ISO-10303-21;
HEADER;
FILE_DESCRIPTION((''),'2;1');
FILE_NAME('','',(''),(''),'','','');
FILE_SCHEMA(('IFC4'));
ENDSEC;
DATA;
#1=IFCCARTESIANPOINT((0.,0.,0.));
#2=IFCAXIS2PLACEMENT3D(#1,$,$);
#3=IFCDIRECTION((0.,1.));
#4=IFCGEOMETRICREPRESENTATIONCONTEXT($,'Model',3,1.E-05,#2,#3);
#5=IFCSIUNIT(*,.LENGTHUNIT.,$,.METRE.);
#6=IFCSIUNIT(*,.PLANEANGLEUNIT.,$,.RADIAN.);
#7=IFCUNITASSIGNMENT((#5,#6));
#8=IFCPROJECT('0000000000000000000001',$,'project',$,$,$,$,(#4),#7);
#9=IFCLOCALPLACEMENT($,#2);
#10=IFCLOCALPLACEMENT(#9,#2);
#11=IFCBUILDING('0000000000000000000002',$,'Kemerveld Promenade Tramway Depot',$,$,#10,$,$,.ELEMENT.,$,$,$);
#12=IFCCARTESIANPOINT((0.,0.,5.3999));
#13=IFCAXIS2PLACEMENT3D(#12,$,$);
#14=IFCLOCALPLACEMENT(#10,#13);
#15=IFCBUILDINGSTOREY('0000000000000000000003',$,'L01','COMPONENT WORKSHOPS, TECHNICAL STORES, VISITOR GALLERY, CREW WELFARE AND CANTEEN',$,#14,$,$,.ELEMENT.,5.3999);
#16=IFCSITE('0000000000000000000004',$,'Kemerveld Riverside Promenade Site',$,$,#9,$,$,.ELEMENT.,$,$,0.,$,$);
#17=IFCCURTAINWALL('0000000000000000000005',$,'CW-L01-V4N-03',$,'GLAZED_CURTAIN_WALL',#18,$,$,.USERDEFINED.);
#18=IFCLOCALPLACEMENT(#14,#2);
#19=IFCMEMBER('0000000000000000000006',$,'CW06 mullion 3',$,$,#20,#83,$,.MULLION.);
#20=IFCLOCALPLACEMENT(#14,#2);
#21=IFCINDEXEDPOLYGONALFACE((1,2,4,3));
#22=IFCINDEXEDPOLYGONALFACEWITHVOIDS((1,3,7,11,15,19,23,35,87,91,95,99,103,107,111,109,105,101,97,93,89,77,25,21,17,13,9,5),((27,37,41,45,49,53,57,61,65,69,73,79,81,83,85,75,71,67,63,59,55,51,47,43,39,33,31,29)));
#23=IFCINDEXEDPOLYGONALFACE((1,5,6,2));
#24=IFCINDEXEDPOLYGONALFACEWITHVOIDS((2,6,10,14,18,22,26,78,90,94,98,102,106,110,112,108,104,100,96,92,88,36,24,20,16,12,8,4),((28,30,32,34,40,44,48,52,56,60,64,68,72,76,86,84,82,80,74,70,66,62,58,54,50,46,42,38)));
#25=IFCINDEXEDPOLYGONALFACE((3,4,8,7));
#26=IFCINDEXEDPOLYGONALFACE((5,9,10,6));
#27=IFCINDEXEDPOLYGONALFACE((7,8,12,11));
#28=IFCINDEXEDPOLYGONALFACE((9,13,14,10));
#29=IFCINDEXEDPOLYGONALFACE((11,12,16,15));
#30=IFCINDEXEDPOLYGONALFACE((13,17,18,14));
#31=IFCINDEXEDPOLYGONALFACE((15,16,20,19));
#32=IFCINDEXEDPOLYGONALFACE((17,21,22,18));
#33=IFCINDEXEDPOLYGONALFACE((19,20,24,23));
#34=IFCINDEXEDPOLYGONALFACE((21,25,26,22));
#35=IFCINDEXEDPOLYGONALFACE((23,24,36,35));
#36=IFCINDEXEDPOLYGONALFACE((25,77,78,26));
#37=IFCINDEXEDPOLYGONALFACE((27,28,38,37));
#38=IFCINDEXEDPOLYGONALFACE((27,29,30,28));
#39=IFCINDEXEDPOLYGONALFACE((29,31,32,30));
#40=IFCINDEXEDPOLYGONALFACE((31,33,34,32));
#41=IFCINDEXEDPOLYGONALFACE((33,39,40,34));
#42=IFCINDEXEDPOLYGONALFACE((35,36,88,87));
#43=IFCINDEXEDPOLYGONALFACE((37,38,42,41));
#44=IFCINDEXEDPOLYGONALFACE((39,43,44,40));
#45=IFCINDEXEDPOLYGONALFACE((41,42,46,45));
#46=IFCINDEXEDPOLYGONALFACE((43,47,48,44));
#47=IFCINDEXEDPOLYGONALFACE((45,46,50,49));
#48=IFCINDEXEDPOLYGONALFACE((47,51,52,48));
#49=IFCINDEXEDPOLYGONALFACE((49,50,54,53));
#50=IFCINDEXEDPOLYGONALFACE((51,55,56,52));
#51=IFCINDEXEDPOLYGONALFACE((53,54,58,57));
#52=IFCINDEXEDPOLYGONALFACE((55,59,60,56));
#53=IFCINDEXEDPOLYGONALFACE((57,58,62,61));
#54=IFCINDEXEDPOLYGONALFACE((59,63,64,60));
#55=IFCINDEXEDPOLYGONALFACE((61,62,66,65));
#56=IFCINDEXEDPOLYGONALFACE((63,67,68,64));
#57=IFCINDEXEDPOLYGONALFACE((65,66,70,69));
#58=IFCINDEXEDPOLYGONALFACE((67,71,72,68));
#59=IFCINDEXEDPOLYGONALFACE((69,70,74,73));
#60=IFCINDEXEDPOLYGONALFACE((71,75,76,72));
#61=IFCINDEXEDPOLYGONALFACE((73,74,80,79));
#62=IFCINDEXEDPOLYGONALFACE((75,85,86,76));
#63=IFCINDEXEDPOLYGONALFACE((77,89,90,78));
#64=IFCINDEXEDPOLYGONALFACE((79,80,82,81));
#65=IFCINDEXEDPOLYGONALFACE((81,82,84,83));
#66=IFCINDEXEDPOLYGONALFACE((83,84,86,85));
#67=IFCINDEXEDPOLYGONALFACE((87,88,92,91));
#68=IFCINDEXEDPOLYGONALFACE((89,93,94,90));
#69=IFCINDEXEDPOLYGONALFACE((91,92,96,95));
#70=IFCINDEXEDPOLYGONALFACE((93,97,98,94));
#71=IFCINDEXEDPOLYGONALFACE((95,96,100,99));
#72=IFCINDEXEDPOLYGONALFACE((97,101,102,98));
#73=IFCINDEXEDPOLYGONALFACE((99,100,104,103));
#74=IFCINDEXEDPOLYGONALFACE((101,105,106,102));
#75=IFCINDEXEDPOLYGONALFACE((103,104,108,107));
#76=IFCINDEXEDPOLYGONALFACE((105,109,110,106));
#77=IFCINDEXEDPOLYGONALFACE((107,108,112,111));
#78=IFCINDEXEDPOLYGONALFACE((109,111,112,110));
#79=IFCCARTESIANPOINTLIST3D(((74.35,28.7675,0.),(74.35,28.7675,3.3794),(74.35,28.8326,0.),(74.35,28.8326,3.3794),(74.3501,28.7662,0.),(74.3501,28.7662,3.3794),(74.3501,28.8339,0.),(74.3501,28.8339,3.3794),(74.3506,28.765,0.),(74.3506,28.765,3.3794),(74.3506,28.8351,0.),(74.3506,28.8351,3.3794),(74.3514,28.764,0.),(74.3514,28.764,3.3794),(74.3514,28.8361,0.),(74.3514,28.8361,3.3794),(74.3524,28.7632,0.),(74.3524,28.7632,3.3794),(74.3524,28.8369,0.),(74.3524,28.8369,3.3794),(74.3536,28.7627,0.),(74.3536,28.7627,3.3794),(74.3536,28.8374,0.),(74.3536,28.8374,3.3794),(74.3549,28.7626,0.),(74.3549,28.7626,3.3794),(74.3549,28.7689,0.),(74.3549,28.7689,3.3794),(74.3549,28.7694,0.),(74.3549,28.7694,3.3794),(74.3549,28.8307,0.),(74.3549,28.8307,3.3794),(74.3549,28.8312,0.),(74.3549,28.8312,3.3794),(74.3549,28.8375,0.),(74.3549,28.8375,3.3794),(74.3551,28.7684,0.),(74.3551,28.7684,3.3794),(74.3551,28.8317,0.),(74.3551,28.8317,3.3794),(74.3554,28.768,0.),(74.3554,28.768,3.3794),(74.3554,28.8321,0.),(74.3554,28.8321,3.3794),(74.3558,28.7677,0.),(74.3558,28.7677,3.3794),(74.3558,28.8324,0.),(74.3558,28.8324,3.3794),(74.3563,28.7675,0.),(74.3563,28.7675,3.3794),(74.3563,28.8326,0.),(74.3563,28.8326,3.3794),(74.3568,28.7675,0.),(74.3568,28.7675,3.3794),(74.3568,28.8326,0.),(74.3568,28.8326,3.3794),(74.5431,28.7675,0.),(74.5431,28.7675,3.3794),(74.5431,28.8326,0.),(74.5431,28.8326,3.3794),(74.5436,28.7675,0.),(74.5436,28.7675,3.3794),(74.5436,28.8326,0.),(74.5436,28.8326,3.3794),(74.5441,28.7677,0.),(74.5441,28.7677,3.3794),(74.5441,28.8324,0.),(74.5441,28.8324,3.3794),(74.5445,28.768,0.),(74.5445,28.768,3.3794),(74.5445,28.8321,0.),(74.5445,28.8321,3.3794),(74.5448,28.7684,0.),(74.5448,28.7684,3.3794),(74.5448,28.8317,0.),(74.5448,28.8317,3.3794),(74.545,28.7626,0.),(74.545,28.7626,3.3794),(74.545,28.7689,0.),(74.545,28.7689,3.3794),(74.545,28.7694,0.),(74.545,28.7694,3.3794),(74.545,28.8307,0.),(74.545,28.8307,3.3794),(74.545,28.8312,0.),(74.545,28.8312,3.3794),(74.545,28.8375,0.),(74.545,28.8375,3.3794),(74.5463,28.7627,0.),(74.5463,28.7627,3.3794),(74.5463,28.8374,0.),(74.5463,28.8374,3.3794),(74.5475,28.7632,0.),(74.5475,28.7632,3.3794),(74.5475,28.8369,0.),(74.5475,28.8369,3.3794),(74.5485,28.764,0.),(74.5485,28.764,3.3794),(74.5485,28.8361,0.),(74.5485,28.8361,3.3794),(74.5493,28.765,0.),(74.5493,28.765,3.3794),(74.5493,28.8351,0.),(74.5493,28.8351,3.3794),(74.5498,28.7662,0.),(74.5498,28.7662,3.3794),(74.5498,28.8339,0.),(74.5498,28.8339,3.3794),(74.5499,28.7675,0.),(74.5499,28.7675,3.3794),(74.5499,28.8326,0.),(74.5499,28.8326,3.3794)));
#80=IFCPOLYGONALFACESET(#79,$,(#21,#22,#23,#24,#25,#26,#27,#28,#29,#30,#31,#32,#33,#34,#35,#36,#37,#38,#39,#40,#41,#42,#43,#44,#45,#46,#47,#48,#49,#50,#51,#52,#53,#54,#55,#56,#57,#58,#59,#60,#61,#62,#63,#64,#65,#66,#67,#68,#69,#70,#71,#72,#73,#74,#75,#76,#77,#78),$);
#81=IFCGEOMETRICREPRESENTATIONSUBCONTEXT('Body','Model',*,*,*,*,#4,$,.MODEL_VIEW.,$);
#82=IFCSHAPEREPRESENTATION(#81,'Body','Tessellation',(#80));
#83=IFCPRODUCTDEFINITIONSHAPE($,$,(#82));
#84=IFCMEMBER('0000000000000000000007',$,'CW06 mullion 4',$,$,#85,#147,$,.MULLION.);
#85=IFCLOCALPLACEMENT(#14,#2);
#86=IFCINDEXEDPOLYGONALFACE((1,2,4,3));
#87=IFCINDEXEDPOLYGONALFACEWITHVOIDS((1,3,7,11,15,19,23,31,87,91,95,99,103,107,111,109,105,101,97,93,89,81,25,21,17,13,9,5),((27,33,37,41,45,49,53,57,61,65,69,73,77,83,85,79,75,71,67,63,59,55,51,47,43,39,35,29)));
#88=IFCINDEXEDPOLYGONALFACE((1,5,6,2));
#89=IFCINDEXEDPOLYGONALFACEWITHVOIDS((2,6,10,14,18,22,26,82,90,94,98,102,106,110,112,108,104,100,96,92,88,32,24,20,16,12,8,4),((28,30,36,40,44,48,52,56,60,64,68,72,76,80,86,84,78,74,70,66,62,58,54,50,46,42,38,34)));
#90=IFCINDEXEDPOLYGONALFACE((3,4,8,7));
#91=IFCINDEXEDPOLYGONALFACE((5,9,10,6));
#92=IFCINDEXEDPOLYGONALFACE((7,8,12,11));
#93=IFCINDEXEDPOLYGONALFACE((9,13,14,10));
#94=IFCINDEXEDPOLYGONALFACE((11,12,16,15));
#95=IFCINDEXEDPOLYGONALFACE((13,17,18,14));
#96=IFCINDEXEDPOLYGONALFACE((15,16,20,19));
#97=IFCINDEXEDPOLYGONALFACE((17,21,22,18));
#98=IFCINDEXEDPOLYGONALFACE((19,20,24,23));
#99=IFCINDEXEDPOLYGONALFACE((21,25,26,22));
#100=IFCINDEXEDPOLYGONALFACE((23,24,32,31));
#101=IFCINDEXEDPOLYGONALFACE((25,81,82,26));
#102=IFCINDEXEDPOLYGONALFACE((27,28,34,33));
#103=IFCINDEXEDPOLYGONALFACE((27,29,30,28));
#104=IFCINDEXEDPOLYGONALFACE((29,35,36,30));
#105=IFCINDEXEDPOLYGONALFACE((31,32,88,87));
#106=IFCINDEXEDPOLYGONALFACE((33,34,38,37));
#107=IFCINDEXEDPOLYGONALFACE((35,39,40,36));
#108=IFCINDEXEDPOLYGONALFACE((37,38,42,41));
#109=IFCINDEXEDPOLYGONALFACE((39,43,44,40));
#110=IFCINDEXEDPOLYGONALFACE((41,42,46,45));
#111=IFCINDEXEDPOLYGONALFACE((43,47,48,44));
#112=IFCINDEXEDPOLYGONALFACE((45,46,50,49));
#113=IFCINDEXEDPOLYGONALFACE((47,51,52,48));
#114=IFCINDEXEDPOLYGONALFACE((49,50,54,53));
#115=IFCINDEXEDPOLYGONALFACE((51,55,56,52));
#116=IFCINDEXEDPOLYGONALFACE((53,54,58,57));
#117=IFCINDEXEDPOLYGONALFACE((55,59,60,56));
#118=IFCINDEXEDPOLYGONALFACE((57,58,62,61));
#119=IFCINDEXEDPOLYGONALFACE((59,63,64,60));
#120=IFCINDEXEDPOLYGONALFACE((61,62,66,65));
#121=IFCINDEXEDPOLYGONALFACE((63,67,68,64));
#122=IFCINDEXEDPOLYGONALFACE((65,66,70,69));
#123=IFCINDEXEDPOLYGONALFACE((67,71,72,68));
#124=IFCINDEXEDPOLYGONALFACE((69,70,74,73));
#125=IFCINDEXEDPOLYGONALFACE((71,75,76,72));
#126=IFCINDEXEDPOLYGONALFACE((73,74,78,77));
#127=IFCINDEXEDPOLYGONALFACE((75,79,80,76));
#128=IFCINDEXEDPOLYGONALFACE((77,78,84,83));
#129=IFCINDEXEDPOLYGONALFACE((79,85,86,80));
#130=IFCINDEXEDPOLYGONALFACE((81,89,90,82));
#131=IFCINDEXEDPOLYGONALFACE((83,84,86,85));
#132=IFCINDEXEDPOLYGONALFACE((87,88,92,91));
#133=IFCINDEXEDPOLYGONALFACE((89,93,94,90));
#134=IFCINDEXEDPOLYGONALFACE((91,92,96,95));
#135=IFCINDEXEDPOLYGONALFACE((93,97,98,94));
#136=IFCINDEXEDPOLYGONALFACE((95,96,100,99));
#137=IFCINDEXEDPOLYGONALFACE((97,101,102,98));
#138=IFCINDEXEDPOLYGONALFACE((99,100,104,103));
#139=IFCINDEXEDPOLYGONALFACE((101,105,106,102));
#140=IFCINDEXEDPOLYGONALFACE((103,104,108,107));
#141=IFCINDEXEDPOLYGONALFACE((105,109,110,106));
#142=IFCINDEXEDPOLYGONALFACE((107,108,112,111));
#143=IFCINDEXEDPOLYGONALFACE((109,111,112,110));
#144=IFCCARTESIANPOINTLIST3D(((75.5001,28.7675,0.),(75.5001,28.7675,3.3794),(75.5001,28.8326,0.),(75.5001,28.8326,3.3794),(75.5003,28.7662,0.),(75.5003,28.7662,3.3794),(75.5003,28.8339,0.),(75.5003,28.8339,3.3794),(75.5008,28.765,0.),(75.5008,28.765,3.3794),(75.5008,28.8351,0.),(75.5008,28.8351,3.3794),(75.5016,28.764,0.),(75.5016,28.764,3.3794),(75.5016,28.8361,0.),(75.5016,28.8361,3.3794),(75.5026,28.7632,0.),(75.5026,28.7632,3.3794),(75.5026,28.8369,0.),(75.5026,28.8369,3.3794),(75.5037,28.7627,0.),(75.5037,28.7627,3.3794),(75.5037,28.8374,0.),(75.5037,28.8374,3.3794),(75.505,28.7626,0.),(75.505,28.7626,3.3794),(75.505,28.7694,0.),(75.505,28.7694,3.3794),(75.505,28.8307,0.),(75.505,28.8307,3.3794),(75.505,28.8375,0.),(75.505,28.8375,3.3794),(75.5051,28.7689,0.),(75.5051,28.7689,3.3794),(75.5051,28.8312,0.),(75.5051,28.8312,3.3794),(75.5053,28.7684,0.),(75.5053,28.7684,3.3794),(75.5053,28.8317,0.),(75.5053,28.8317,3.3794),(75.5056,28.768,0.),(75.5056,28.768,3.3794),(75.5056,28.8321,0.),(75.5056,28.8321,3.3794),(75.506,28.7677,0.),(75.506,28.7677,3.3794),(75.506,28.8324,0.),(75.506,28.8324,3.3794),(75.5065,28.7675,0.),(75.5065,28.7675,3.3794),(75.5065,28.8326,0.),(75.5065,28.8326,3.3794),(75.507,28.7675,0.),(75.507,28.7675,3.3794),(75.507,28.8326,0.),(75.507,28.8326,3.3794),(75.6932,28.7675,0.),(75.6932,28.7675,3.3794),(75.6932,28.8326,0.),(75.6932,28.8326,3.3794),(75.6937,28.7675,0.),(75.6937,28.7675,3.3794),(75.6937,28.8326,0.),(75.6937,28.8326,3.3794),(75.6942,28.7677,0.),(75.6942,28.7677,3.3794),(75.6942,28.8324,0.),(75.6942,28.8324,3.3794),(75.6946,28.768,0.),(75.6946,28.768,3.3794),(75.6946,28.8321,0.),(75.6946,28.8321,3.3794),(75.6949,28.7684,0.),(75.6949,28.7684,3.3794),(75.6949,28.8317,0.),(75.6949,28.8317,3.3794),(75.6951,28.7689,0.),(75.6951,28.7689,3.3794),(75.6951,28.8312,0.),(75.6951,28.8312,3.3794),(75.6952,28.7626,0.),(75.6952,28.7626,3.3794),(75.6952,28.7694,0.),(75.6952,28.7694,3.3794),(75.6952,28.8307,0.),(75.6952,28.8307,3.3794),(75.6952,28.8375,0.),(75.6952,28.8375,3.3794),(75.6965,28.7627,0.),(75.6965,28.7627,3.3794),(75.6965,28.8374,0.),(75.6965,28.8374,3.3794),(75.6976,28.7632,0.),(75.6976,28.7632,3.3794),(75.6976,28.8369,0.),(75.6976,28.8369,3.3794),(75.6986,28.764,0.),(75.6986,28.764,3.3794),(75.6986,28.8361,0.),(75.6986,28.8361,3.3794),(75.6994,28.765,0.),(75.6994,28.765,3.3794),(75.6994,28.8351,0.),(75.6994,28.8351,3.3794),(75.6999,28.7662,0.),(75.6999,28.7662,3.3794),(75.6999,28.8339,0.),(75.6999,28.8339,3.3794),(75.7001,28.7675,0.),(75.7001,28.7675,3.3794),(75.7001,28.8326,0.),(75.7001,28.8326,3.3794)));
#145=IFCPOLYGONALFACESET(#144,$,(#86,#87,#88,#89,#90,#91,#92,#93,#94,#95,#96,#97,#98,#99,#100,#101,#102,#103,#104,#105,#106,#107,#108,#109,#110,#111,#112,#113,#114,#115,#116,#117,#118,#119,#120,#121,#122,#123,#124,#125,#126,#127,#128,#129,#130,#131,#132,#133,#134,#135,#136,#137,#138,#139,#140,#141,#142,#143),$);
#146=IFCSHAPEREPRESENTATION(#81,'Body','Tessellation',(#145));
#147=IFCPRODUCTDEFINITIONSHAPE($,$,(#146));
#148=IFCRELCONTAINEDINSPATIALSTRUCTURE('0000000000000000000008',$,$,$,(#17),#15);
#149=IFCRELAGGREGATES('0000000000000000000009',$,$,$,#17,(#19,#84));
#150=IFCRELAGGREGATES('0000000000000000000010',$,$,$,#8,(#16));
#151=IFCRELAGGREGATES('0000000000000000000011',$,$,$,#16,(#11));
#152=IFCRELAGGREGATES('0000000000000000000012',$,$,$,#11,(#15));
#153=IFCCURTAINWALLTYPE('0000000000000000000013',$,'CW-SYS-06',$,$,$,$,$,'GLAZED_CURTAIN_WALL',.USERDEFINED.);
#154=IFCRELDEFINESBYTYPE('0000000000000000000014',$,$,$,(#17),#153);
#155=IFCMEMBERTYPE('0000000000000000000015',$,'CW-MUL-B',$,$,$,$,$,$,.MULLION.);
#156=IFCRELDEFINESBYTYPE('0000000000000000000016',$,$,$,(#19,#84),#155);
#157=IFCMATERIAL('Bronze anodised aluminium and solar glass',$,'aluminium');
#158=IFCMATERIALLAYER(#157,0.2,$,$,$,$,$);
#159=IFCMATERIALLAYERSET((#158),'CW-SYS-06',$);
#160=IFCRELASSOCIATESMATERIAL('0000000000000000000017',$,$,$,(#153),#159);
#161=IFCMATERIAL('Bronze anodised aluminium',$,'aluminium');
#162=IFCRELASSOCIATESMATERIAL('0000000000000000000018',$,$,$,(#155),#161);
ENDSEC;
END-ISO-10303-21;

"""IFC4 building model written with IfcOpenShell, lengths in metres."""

from ifc_helpers import new_model, si_unit, direction, frame, origin, origin_2d, place, context, subcontext, project, spatial, hollow_rectangle, extrude, material, layer, layer_set, material_profile, profile_set, type_object, element, aggregate, save


model = new_model("IFC4")

# Units and contexts
model_context = context("Model", 3, precision=1e-05, world=origin(), true_north=direction((0.0, 1.0)))
body_context = subcontext(model_context, "Body", "Model", "MODEL_VIEW")
ifc_project = project(units=[si_unit("LENGTHUNIT", "METRE"), si_unit("PLANEANGLEUNIT", "RADIAN")], contexts=[model_context])

# Site, building, storey
site_placement = place(None, origin())
site = spatial("IfcSite", under=ifc_project, at=site_placement, Name="Kemerveld Riverside Promenade Site", CompositionType="ELEMENT", RefElevation=0.0)
building_placement = place(site_placement, origin())
building = spatial("IfcBuilding", under=site, at=building_placement, Name="Kemerveld Promenade Tramway Depot", CompositionType="ELEMENT")
storey_placement = place(building_placement, frame((0.0, 0.0, 5.3999)))
storey = spatial("IfcBuildingStorey", under=building, at=storey_placement, Name="L01", Description="COMPONENT WORKSHOPS, TECHNICAL STORES, VISITOR GALLERY, CREW WELFARE AND CANTEEN", CompositionType="ELEMENT", Elevation=5.3999)

# Curtain wall, members
ifc_material_1 = material(Name="Bronze anodised aluminium and solar glass", Category="aluminium")
ifc_layer_1 = layer(ifc_material_1, 0.2)
ifc_layer_set_1 = layer_set([ifc_layer_1], Name="CW-SYS-06")
curtain_wall_type = type_object("IfcCurtainWallType", Name="CW-SYS-06", ElementType="GLAZED_CURTAIN_WALL", PredefinedType="USERDEFINED", material=ifc_layer_set_1)
curtain_wall_placement = place(storey_placement, origin())
curtain_wall = element("IfcCurtainWall", 1, at=curtain_wall_placement, inside=storey, type_object=curtain_wall_type, Name="CW-L01-V4N-03", ObjectType="GLAZED_CURTAIN_WALL", PredefinedType="USERDEFINED")
ifc_material_2 = material(Name="Bronze anodised aluminium", Category="aluminium")
ifc_material_profile_1 = material_profile(ifc_material_2, hollow_rectangle(XDim=0.075, YDim=0.2, WallThickness=0.0049, InnerFilletRadius=0.002, OuterFilletRadius=0.0049, at=origin_2d()), Name="CW-MUL-200x75")
ifc_profile_set_1 = profile_set([ifc_material_profile_1], Name="Bronze anodised aluminium")
member_type_1 = type_object("IfcMemberType", Name="CW-MUL-B", PredefinedType="MULLION", material=ifc_profile_set_1)
member_1_placement = place(storey_placement, frame((74.45, 28.8, 0.0), z_axis=(0.0, 0.0, 1.0), x_axis=(0.0, 1.0, 0.0)))
member_1 = element("IfcMember", 2, at=member_1_placement, type_object=member_type_1, Name="CW06 mullion 3", PredefinedType="MULLION", context=body_context, shape_type="SweptSolid", body=[
    extrude(hollow_rectangle(XDim=0.075, YDim=0.2, WallThickness=0.0049, InnerFilletRadius=0.002, OuterFilletRadius=0.0049, at=origin_2d()), origin(), (0.0, 0.0, 1.0), 3.3794),
])
member_2_placement = place(storey_placement, frame((75.6001, 28.8, 0.0), z_axis=(0.0, 0.0, 1.0), x_axis=(0.0, 1.0, 0.0)))
member_2 = element("IfcMember", 3, at=member_2_placement, type_object=member_type_1, Name="CW06 mullion 4", PredefinedType="MULLION", context=body_context, shape_type="SweptSolid", body=[
    extrude(hollow_rectangle(XDim=0.075, YDim=0.2, WallThickness=0.0049, InnerFilletRadius=0.002, OuterFilletRadius=0.0049, at=origin_2d()), origin(), (0.0, 0.0, 1.0), 3.3794),
])
aggregate(curtain_wall, [member_1, member_2])

save(model, "model.ifc")
